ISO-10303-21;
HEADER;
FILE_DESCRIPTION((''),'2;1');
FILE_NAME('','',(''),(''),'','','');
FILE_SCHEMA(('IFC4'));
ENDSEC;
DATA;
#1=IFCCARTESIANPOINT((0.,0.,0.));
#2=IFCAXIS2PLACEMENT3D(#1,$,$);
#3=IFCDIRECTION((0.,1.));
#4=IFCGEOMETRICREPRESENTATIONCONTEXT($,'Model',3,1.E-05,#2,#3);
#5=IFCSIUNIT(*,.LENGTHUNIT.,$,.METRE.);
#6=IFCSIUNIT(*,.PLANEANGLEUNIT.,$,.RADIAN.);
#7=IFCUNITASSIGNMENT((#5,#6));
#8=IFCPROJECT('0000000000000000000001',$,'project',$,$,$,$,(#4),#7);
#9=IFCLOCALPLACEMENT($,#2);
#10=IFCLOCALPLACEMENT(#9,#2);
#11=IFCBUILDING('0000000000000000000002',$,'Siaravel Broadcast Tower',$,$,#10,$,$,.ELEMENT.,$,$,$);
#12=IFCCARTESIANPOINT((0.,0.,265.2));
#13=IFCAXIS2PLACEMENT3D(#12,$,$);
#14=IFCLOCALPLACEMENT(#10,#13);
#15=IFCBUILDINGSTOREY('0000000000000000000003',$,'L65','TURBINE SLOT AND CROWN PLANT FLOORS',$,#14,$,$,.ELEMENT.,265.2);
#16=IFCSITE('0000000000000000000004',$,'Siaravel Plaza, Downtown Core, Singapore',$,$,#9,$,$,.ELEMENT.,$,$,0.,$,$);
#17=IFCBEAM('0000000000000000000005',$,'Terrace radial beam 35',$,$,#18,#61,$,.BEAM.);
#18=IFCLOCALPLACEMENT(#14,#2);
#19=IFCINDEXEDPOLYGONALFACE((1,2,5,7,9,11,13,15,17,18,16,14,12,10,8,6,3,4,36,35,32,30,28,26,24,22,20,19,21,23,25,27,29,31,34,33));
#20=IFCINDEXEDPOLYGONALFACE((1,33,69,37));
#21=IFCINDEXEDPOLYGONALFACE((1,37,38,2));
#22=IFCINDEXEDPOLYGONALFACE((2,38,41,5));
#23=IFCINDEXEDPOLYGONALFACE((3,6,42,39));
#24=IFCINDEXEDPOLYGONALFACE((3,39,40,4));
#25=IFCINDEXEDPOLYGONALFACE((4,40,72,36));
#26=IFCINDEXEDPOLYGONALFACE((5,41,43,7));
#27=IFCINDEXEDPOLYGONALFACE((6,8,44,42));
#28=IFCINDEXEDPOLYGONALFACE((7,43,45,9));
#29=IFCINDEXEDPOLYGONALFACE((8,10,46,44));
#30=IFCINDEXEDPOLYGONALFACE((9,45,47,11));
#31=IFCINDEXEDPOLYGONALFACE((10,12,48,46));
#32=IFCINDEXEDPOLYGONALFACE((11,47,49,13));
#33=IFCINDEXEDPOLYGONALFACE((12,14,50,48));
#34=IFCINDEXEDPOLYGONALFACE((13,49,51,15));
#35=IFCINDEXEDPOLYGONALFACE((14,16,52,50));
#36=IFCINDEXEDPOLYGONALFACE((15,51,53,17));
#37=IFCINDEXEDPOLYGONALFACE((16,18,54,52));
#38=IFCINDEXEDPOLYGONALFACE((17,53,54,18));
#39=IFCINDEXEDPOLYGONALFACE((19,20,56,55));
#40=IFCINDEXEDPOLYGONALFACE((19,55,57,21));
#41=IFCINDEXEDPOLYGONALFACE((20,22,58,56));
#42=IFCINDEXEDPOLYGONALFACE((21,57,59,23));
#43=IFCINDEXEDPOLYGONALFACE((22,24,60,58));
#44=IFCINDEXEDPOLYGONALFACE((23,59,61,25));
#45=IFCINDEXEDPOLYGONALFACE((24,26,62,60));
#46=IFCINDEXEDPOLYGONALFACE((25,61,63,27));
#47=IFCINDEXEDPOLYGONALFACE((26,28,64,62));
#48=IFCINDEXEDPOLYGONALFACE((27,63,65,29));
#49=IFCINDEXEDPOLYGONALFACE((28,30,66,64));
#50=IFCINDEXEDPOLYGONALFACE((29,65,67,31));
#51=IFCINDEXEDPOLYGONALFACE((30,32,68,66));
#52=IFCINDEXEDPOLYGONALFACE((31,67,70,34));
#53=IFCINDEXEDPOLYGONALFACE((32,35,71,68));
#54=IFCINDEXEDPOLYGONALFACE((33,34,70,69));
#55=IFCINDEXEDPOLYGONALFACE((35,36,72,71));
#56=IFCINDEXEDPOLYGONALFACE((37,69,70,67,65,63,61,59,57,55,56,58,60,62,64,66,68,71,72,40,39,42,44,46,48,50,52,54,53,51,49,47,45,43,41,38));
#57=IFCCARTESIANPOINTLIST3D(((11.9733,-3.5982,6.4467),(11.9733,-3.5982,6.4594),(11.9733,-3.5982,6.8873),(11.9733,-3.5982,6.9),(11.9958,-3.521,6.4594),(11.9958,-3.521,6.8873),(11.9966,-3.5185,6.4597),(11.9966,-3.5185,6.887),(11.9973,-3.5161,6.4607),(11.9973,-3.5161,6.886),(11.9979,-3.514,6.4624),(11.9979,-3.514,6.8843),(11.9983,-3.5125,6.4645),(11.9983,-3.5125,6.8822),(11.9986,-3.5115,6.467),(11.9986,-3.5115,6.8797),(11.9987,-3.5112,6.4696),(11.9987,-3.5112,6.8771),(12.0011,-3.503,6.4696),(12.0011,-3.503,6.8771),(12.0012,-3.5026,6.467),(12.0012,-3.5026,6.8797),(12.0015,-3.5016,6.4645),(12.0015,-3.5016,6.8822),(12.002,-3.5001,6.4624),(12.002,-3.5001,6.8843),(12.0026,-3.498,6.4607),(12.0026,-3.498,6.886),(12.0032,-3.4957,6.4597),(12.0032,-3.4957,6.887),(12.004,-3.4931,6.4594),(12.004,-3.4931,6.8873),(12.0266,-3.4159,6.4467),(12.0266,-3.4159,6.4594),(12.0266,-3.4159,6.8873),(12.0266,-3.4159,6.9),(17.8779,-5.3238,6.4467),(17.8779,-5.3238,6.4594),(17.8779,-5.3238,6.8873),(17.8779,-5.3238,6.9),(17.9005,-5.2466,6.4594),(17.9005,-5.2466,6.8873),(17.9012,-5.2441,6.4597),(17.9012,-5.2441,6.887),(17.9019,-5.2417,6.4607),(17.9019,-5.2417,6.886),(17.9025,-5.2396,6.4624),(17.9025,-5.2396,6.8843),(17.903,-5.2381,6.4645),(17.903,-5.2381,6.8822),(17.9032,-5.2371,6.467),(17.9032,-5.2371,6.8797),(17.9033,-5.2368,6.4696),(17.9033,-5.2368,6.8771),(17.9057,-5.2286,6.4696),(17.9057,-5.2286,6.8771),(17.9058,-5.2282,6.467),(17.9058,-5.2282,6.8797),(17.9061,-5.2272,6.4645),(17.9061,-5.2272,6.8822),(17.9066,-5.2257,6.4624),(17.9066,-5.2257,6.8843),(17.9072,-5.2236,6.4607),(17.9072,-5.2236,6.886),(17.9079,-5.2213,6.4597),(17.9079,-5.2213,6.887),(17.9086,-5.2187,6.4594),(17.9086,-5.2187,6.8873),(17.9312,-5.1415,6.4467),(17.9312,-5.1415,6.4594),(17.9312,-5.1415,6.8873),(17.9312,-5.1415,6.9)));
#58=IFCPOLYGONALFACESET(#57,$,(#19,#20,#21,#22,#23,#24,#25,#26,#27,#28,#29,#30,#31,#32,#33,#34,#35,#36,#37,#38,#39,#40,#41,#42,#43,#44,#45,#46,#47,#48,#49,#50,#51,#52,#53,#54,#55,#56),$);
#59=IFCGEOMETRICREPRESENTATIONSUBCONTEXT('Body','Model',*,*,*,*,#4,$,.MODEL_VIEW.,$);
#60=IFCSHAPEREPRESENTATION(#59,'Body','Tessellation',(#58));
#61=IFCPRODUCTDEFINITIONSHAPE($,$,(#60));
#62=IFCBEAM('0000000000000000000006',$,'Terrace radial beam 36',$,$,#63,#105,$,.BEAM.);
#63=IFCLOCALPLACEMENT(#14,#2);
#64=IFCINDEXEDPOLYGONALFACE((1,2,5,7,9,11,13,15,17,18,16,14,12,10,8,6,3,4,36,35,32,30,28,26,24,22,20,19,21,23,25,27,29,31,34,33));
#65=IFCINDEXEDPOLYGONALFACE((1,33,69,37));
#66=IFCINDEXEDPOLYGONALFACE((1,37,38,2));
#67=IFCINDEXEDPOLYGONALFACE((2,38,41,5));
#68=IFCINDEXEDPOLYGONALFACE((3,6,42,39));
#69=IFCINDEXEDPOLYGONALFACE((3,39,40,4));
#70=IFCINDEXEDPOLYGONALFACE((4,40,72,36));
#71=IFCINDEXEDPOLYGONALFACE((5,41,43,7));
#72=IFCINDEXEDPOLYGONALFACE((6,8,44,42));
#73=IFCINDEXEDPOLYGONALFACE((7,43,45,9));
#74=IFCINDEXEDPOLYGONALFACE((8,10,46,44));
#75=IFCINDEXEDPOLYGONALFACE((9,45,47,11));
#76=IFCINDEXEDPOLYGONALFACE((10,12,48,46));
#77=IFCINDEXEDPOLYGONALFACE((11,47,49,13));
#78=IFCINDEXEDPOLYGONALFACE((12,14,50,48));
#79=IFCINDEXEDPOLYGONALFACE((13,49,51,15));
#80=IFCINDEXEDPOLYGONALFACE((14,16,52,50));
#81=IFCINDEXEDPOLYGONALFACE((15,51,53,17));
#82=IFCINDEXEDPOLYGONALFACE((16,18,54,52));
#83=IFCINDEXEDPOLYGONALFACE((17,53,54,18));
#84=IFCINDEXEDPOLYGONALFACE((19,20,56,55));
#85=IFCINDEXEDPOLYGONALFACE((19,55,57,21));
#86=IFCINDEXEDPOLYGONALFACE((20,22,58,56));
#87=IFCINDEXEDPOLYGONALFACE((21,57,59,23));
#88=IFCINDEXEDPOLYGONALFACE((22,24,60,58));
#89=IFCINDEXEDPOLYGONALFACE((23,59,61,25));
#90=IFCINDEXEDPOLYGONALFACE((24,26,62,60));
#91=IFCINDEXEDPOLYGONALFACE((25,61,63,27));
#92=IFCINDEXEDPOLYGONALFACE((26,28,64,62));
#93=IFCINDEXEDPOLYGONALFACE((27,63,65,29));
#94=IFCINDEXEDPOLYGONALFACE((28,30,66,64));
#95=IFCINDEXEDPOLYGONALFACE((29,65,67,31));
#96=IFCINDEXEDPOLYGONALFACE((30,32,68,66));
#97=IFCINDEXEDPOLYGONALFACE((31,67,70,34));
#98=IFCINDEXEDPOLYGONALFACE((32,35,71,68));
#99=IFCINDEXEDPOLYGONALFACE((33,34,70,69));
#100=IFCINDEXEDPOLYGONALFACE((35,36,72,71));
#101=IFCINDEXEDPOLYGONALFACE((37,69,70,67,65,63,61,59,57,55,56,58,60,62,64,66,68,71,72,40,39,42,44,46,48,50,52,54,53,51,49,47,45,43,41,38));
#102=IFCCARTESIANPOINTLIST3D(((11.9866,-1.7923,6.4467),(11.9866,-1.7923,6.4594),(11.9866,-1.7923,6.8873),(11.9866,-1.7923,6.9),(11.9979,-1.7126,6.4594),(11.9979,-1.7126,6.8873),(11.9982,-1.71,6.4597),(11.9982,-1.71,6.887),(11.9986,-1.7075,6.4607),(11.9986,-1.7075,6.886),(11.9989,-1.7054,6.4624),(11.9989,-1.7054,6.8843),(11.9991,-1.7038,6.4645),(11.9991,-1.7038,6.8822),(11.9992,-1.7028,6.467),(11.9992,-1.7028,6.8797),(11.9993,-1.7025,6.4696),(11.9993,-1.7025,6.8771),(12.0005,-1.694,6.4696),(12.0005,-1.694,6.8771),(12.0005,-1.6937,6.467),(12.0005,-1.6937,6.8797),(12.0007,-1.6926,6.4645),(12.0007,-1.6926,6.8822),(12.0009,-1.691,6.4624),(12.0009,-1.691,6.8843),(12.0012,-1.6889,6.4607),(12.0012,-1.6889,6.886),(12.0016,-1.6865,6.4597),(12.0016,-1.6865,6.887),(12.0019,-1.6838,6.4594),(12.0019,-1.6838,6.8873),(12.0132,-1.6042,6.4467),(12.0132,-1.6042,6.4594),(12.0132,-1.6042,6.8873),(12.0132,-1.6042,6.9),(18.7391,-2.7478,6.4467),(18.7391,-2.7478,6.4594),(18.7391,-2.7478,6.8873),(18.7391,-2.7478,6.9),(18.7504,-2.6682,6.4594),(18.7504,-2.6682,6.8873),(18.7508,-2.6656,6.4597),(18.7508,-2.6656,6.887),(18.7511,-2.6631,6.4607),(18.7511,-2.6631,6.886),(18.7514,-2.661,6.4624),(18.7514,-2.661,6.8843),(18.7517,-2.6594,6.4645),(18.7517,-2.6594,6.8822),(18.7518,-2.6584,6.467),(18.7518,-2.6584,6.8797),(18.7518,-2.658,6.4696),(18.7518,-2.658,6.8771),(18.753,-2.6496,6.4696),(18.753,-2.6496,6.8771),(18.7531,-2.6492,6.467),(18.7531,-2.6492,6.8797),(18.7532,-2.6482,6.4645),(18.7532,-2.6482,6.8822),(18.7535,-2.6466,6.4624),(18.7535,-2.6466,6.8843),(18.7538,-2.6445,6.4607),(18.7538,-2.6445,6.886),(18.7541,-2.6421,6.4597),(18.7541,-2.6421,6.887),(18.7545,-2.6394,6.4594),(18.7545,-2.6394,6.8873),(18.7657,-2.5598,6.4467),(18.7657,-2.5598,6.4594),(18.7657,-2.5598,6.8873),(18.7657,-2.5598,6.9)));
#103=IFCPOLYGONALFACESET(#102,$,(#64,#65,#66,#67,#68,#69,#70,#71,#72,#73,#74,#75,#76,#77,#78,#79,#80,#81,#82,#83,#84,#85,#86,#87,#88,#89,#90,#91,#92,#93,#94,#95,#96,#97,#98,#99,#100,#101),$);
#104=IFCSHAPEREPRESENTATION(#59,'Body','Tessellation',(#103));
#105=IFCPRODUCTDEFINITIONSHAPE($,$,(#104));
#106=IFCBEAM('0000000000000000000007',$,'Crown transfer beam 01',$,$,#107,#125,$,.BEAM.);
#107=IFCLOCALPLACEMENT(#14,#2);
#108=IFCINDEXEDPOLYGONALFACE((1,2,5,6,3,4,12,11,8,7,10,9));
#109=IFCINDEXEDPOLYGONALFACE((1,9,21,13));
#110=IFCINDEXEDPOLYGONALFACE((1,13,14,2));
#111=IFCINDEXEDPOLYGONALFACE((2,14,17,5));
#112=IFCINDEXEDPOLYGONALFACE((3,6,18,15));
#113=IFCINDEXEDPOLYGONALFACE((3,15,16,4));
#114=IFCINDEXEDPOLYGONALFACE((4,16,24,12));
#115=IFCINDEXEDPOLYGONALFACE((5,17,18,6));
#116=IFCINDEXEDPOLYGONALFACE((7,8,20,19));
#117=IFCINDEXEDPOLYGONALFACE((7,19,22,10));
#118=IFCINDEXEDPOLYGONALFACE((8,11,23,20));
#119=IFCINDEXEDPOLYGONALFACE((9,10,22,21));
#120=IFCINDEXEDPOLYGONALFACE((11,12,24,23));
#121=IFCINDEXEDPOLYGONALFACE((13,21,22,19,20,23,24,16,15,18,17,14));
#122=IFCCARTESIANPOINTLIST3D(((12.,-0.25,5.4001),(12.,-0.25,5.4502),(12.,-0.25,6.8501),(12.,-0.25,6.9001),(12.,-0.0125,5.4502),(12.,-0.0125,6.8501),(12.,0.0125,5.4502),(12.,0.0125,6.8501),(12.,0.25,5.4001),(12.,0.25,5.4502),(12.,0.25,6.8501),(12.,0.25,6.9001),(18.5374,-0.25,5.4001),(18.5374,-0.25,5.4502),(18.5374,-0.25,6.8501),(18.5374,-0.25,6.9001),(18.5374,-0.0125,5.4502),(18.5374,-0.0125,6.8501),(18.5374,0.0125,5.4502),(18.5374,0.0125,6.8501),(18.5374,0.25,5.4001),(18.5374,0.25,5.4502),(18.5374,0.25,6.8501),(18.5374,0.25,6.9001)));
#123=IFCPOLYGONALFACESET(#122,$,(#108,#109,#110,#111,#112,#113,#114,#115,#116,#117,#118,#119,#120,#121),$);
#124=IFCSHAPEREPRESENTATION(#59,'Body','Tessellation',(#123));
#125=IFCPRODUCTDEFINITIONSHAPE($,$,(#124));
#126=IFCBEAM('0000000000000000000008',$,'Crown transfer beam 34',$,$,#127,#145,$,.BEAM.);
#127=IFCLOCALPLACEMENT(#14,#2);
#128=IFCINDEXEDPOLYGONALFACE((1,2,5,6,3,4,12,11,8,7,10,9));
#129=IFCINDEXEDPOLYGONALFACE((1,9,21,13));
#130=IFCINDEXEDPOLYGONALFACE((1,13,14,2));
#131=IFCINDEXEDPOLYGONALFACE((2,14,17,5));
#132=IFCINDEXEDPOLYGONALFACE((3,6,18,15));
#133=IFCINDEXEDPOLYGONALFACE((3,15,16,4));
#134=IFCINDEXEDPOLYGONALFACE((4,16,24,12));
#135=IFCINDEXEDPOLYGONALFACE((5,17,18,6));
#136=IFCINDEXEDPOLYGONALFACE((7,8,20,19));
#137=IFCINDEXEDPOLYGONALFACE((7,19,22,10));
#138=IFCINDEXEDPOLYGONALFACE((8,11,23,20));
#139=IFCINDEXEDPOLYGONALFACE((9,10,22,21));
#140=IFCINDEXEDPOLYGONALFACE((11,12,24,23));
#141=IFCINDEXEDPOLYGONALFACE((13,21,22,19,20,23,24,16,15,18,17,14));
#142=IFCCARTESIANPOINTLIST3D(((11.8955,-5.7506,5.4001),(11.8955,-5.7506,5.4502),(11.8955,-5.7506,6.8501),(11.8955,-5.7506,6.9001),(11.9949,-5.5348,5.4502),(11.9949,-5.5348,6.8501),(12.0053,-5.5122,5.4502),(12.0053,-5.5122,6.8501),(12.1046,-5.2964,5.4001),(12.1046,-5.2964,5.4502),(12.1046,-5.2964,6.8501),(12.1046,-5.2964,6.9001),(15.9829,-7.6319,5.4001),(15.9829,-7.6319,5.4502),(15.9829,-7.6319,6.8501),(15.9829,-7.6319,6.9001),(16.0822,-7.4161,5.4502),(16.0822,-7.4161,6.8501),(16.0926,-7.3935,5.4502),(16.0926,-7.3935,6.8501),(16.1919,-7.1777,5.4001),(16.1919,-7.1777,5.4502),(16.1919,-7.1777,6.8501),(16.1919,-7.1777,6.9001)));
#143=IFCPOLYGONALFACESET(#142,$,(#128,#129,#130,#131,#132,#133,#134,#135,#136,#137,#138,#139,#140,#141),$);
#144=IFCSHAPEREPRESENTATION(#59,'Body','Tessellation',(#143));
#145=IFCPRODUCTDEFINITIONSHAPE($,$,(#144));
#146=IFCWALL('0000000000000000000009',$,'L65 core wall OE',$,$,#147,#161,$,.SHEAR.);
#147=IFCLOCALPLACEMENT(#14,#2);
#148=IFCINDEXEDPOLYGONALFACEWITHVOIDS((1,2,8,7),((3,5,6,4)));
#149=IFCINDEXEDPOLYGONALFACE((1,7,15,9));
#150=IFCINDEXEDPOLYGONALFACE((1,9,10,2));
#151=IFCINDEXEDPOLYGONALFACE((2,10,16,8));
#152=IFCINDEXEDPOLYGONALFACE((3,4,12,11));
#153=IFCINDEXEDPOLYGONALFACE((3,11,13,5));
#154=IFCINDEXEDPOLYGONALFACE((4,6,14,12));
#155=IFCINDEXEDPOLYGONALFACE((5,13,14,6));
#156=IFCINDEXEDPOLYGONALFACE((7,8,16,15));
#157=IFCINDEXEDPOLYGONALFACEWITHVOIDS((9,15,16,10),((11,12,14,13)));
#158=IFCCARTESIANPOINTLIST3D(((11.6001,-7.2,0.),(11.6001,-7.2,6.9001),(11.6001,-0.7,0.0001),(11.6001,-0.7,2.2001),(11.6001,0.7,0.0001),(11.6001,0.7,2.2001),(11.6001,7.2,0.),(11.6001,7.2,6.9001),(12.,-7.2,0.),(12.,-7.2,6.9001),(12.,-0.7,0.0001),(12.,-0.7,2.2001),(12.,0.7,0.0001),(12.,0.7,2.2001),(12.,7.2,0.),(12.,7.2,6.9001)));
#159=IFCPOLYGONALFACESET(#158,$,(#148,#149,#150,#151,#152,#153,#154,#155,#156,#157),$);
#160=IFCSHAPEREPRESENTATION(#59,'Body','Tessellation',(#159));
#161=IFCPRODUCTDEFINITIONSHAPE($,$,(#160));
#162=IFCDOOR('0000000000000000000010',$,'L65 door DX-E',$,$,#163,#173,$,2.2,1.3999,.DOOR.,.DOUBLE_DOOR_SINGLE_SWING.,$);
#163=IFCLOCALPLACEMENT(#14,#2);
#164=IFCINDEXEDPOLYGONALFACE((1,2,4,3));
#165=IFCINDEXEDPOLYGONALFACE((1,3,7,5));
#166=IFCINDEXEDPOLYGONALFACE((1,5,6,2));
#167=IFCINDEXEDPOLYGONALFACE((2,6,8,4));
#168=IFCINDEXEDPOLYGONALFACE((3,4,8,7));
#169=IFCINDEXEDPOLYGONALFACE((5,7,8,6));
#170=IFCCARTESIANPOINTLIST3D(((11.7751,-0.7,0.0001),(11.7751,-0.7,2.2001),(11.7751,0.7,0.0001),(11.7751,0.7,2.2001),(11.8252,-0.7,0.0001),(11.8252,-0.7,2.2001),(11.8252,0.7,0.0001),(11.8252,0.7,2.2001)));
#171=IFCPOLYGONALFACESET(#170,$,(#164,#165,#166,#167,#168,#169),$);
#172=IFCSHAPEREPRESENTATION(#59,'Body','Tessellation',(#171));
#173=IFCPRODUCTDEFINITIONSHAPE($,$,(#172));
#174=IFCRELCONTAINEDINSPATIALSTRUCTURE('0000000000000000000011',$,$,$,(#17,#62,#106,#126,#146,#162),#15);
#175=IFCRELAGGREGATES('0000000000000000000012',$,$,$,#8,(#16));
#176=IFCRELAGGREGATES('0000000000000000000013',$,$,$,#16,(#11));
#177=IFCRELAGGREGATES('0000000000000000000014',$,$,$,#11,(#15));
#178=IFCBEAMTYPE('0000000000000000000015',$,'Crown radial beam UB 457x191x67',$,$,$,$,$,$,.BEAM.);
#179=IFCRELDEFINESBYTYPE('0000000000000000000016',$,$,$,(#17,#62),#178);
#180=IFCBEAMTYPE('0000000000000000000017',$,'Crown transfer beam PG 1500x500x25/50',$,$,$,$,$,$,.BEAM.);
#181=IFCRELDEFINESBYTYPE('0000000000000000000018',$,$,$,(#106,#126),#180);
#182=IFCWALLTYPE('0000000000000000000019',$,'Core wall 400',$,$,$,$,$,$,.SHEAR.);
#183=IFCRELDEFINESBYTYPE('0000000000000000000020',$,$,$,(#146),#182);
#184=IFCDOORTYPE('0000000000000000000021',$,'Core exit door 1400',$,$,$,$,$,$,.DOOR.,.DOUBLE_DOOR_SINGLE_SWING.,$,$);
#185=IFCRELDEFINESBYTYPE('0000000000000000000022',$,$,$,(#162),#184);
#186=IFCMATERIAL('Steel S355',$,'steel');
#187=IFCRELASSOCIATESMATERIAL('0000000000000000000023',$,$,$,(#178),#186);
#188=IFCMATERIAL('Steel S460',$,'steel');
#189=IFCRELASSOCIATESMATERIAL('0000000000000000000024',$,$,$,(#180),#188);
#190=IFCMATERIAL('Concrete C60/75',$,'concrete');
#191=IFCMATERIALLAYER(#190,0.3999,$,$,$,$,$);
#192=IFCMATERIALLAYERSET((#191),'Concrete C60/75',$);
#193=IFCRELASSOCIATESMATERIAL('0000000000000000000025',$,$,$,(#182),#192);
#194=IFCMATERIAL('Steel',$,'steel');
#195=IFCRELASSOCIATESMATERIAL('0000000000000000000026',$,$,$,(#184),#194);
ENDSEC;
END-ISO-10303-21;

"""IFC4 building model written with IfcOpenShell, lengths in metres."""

from ifc_helpers import new_model, si_unit, direction, frame, frame_2d, origin, origin_2d, place, context, subcontext, project, spatial, rectangle, i_section, extrude, material, layer, layer_set, material_profile, profile_set, type_object, element, fill, save


model = new_model("IFC4")

# Units and contexts
model_context = context("Model", 3, precision=1e-05, world=origin(), true_north=direction((0.0, 1.0)))
body_context = subcontext(model_context, "Body", "Model", "MODEL_VIEW")
ifc_project = project(units=[si_unit("LENGTHUNIT", "METRE"), si_unit("PLANEANGLEUNIT", "RADIAN")], contexts=[model_context])

# Site, building, storey
site_placement = place(None, origin())
site = spatial("IfcSite", under=ifc_project, at=site_placement, Name="Siaravel Plaza, Downtown Core, Singapore", CompositionType="ELEMENT", RefElevation=0.0)
building_placement = place(site_placement, origin())
building = spatial("IfcBuilding", under=site, at=building_placement, Name="Siaravel Broadcast Tower", CompositionType="ELEMENT")
storey_placement = place(building_placement, frame((0.0, 0.0, 265.2)))
storey = spatial("IfcBuildingStorey", under=building, at=storey_placement, Name="L65", Description="TURBINE SLOT AND CROWN PLANT FLOORS", CompositionType="ELEMENT", Elevation=265.2)

# Beams
ifc_material_1 = material(Name="Steel S355", Category="steel")
ifc_material_profile_1 = material_profile(ifc_material_1, i_section(OverallWidth=0.1899, OverallDepth=0.4534, WebThickness=0.0085, FlangeThickness=0.0127, FilletRadius=0.0103, at=origin_2d()))
ifc_profile_set_1 = profile_set([ifc_material_profile_1], Name="Steel S355")
beam_type_1 = type_object("IfcBeamType", Name="Crown radial beam UB 457x191x67", PredefinedType="BEAM", material=ifc_profile_set_1)
beam_1_placement = place(storey_placement, frame((17.9045, -5.2327, 6.6733), z_axis=(-0.95985, 0.280514, 0.0), x_axis=(-0.280514, -0.95985, 0.0)))
element("IfcBeam", 1, at=beam_1_placement, inside=storey, type_object=beam_type_1, Name="Terrace radial beam 35", PredefinedType="BEAM", context=body_context, shape_type="SweptSolid", body=[
    extrude(i_section(OverallWidth=0.1899, OverallDepth=0.4534, WebThickness=0.0085, FlangeThickness=0.0127, FilletRadius=0.0103, at=origin_2d()), origin(), (0.0, 0.0, 1.0), 6.1516),
])
beam_2_placement = place(storey_placement, frame((18.7524, -2.6538, 6.6733), z_axis=(-0.990135, 0.140118, 0.0), x_axis=(-0.140118, -0.990135, 0.0)))
element("IfcBeam", 2, at=beam_2_placement, inside=storey, type_object=beam_type_1, Name="Terrace radial beam 36", PredefinedType="BEAM", context=body_context, shape_type="SweptSolid", body=[
    extrude(i_section(OverallWidth=0.1899, OverallDepth=0.4534, WebThickness=0.0085, FlangeThickness=0.0127, FilletRadius=0.0103, at=origin_2d()), origin(), (0.0, 0.0, 1.0), 6.8198),
])
ifc_material_2 = material(Name="Steel S460", Category="steel")
ifc_material_profile_2 = material_profile(ifc_material_2, i_section(OverallWidth=0.5, OverallDepth=1.5, WebThickness=0.0249, FlangeThickness=0.05, at=origin_2d()))
ifc_profile_set_2 = profile_set([ifc_material_profile_2], Name="Steel S460")
beam_type_2 = type_object("IfcBeamType", Name="Crown transfer beam PG 1500x500x25/50", PredefinedType="BEAM", material=ifc_profile_set_2)
beam_3_placement = place(storey_placement, frame((18.5374, 0.0, 6.1501), z_axis=(-1.0, 0.0, 0.0), x_axis=(0.0, -1.0, 0.0)))
element("IfcBeam", 3, at=beam_3_placement, inside=storey, type_object=beam_type_2, Name="Crown transfer beam 01", PredefinedType="BEAM", context=body_context, shape_type="SweptSolid", body=[
    extrude(i_section(OverallWidth=0.5, OverallDepth=1.5, WebThickness=0.0249, FlangeThickness=0.05, at=origin_2d()), origin(), (0.0, 0.0, 1.0), 6.5374),
])
beam_4_placement = place(storey_placement, frame((16.0874, -7.4048, 6.1501), z_axis=(-0.908394, 0.418115, 0.0), x_axis=(-0.418115, -0.908394, 0.0)))
element("IfcBeam", 4, at=beam_4_placement, inside=storey, type_object=beam_type_2, Name="Crown transfer beam 34", PredefinedType="BEAM", context=body_context, shape_type="SweptSolid", body=[
    extrude(i_section(OverallWidth=0.5, OverallDepth=1.5, WebThickness=0.0249, FlangeThickness=0.05, at=origin_2d()), origin(), (0.0, 0.0, 1.0), 4.4995),
])

# Wall, opening, door
ifc_material_3 = material(Name="Concrete C60/75", Category="concrete")
ifc_layer_1 = layer(ifc_material_3, 0.3999)
ifc_layer_set_1 = layer_set([ifc_layer_1], Name="Concrete C60/75")
wall_type_1 = type_object("IfcWallType", Name="Core wall 400", PredefinedType="SHEAR", material=ifc_layer_set_1)
wall_1_placement = place(storey_placement, frame((11.8, -7.2, 0.0), z_axis=(0.0, 0.0, 1.0), x_axis=(0.0, 1.0, 0.0)))
wall_1 = element("IfcWall", 5, at=wall_1_placement, inside=storey, type_object=wall_type_1, Name="L65 core wall OE", PredefinedType="SHEAR", context=body_context, shape_type="SweptSolid", body=[
    extrude(rectangle(XDim=14.3999, YDim=0.3999, at=frame_2d((7.2, 0.0))), origin(), (0.0, 0.0, 1.0), 6.9001),
])
opening_1_placement = place(wall_1_placement, frame((6.5, 0.0, 0.0)))
opening_1 = element("IfcOpeningElement", 6, at=opening_1_placement, cuts=wall_1, PredefinedType="OPENING", context=body_context, shape_type="SweptSolid", body=[
    extrude(rectangle(XDim=1.3999, YDim=2.2, at=frame_2d((0.7, 1.1001))), frame((0.0, 0.21, 0.0), z_axis=(0.0, -1.0, 0.0), x_axis=(1.0, 0.0, 0.0)), (0.0, 0.0, 1.0), 0.4199),
])
ifc_material_4 = material(Name="Steel", Category="steel")
door_type_1 = type_object("IfcDoorType", Name="Core exit door 1400", OperationType="DOUBLE_DOOR_SINGLE_SWING", PredefinedType="DOOR", material=ifc_material_4)
door_1_placement = place(opening_1_placement, origin())
door_1 = element("IfcDoor", 7, at=door_1_placement, inside=storey, type_object=door_type_1, Name="L65 door DX-E", OperationType="DOUBLE_DOOR_SINGLE_SWING", OverallHeight=2.2, OverallWidth=1.3999, PredefinedType="DOOR", context=body_context, shape_type="SweptSolid", body=[
    extrude(rectangle(XDim=1.3999, YDim=2.2, at=frame_2d((0.7, 1.1001))), frame((0.0, 0.0249, 0.0), z_axis=(0.0, -1.0, 0.0), x_axis=(1.0, 0.0, 0.0)), (0.0, 0.0, 1.0), 0.05),
])
fill(opening_1, door_1)

save(model, "model.ifc")
